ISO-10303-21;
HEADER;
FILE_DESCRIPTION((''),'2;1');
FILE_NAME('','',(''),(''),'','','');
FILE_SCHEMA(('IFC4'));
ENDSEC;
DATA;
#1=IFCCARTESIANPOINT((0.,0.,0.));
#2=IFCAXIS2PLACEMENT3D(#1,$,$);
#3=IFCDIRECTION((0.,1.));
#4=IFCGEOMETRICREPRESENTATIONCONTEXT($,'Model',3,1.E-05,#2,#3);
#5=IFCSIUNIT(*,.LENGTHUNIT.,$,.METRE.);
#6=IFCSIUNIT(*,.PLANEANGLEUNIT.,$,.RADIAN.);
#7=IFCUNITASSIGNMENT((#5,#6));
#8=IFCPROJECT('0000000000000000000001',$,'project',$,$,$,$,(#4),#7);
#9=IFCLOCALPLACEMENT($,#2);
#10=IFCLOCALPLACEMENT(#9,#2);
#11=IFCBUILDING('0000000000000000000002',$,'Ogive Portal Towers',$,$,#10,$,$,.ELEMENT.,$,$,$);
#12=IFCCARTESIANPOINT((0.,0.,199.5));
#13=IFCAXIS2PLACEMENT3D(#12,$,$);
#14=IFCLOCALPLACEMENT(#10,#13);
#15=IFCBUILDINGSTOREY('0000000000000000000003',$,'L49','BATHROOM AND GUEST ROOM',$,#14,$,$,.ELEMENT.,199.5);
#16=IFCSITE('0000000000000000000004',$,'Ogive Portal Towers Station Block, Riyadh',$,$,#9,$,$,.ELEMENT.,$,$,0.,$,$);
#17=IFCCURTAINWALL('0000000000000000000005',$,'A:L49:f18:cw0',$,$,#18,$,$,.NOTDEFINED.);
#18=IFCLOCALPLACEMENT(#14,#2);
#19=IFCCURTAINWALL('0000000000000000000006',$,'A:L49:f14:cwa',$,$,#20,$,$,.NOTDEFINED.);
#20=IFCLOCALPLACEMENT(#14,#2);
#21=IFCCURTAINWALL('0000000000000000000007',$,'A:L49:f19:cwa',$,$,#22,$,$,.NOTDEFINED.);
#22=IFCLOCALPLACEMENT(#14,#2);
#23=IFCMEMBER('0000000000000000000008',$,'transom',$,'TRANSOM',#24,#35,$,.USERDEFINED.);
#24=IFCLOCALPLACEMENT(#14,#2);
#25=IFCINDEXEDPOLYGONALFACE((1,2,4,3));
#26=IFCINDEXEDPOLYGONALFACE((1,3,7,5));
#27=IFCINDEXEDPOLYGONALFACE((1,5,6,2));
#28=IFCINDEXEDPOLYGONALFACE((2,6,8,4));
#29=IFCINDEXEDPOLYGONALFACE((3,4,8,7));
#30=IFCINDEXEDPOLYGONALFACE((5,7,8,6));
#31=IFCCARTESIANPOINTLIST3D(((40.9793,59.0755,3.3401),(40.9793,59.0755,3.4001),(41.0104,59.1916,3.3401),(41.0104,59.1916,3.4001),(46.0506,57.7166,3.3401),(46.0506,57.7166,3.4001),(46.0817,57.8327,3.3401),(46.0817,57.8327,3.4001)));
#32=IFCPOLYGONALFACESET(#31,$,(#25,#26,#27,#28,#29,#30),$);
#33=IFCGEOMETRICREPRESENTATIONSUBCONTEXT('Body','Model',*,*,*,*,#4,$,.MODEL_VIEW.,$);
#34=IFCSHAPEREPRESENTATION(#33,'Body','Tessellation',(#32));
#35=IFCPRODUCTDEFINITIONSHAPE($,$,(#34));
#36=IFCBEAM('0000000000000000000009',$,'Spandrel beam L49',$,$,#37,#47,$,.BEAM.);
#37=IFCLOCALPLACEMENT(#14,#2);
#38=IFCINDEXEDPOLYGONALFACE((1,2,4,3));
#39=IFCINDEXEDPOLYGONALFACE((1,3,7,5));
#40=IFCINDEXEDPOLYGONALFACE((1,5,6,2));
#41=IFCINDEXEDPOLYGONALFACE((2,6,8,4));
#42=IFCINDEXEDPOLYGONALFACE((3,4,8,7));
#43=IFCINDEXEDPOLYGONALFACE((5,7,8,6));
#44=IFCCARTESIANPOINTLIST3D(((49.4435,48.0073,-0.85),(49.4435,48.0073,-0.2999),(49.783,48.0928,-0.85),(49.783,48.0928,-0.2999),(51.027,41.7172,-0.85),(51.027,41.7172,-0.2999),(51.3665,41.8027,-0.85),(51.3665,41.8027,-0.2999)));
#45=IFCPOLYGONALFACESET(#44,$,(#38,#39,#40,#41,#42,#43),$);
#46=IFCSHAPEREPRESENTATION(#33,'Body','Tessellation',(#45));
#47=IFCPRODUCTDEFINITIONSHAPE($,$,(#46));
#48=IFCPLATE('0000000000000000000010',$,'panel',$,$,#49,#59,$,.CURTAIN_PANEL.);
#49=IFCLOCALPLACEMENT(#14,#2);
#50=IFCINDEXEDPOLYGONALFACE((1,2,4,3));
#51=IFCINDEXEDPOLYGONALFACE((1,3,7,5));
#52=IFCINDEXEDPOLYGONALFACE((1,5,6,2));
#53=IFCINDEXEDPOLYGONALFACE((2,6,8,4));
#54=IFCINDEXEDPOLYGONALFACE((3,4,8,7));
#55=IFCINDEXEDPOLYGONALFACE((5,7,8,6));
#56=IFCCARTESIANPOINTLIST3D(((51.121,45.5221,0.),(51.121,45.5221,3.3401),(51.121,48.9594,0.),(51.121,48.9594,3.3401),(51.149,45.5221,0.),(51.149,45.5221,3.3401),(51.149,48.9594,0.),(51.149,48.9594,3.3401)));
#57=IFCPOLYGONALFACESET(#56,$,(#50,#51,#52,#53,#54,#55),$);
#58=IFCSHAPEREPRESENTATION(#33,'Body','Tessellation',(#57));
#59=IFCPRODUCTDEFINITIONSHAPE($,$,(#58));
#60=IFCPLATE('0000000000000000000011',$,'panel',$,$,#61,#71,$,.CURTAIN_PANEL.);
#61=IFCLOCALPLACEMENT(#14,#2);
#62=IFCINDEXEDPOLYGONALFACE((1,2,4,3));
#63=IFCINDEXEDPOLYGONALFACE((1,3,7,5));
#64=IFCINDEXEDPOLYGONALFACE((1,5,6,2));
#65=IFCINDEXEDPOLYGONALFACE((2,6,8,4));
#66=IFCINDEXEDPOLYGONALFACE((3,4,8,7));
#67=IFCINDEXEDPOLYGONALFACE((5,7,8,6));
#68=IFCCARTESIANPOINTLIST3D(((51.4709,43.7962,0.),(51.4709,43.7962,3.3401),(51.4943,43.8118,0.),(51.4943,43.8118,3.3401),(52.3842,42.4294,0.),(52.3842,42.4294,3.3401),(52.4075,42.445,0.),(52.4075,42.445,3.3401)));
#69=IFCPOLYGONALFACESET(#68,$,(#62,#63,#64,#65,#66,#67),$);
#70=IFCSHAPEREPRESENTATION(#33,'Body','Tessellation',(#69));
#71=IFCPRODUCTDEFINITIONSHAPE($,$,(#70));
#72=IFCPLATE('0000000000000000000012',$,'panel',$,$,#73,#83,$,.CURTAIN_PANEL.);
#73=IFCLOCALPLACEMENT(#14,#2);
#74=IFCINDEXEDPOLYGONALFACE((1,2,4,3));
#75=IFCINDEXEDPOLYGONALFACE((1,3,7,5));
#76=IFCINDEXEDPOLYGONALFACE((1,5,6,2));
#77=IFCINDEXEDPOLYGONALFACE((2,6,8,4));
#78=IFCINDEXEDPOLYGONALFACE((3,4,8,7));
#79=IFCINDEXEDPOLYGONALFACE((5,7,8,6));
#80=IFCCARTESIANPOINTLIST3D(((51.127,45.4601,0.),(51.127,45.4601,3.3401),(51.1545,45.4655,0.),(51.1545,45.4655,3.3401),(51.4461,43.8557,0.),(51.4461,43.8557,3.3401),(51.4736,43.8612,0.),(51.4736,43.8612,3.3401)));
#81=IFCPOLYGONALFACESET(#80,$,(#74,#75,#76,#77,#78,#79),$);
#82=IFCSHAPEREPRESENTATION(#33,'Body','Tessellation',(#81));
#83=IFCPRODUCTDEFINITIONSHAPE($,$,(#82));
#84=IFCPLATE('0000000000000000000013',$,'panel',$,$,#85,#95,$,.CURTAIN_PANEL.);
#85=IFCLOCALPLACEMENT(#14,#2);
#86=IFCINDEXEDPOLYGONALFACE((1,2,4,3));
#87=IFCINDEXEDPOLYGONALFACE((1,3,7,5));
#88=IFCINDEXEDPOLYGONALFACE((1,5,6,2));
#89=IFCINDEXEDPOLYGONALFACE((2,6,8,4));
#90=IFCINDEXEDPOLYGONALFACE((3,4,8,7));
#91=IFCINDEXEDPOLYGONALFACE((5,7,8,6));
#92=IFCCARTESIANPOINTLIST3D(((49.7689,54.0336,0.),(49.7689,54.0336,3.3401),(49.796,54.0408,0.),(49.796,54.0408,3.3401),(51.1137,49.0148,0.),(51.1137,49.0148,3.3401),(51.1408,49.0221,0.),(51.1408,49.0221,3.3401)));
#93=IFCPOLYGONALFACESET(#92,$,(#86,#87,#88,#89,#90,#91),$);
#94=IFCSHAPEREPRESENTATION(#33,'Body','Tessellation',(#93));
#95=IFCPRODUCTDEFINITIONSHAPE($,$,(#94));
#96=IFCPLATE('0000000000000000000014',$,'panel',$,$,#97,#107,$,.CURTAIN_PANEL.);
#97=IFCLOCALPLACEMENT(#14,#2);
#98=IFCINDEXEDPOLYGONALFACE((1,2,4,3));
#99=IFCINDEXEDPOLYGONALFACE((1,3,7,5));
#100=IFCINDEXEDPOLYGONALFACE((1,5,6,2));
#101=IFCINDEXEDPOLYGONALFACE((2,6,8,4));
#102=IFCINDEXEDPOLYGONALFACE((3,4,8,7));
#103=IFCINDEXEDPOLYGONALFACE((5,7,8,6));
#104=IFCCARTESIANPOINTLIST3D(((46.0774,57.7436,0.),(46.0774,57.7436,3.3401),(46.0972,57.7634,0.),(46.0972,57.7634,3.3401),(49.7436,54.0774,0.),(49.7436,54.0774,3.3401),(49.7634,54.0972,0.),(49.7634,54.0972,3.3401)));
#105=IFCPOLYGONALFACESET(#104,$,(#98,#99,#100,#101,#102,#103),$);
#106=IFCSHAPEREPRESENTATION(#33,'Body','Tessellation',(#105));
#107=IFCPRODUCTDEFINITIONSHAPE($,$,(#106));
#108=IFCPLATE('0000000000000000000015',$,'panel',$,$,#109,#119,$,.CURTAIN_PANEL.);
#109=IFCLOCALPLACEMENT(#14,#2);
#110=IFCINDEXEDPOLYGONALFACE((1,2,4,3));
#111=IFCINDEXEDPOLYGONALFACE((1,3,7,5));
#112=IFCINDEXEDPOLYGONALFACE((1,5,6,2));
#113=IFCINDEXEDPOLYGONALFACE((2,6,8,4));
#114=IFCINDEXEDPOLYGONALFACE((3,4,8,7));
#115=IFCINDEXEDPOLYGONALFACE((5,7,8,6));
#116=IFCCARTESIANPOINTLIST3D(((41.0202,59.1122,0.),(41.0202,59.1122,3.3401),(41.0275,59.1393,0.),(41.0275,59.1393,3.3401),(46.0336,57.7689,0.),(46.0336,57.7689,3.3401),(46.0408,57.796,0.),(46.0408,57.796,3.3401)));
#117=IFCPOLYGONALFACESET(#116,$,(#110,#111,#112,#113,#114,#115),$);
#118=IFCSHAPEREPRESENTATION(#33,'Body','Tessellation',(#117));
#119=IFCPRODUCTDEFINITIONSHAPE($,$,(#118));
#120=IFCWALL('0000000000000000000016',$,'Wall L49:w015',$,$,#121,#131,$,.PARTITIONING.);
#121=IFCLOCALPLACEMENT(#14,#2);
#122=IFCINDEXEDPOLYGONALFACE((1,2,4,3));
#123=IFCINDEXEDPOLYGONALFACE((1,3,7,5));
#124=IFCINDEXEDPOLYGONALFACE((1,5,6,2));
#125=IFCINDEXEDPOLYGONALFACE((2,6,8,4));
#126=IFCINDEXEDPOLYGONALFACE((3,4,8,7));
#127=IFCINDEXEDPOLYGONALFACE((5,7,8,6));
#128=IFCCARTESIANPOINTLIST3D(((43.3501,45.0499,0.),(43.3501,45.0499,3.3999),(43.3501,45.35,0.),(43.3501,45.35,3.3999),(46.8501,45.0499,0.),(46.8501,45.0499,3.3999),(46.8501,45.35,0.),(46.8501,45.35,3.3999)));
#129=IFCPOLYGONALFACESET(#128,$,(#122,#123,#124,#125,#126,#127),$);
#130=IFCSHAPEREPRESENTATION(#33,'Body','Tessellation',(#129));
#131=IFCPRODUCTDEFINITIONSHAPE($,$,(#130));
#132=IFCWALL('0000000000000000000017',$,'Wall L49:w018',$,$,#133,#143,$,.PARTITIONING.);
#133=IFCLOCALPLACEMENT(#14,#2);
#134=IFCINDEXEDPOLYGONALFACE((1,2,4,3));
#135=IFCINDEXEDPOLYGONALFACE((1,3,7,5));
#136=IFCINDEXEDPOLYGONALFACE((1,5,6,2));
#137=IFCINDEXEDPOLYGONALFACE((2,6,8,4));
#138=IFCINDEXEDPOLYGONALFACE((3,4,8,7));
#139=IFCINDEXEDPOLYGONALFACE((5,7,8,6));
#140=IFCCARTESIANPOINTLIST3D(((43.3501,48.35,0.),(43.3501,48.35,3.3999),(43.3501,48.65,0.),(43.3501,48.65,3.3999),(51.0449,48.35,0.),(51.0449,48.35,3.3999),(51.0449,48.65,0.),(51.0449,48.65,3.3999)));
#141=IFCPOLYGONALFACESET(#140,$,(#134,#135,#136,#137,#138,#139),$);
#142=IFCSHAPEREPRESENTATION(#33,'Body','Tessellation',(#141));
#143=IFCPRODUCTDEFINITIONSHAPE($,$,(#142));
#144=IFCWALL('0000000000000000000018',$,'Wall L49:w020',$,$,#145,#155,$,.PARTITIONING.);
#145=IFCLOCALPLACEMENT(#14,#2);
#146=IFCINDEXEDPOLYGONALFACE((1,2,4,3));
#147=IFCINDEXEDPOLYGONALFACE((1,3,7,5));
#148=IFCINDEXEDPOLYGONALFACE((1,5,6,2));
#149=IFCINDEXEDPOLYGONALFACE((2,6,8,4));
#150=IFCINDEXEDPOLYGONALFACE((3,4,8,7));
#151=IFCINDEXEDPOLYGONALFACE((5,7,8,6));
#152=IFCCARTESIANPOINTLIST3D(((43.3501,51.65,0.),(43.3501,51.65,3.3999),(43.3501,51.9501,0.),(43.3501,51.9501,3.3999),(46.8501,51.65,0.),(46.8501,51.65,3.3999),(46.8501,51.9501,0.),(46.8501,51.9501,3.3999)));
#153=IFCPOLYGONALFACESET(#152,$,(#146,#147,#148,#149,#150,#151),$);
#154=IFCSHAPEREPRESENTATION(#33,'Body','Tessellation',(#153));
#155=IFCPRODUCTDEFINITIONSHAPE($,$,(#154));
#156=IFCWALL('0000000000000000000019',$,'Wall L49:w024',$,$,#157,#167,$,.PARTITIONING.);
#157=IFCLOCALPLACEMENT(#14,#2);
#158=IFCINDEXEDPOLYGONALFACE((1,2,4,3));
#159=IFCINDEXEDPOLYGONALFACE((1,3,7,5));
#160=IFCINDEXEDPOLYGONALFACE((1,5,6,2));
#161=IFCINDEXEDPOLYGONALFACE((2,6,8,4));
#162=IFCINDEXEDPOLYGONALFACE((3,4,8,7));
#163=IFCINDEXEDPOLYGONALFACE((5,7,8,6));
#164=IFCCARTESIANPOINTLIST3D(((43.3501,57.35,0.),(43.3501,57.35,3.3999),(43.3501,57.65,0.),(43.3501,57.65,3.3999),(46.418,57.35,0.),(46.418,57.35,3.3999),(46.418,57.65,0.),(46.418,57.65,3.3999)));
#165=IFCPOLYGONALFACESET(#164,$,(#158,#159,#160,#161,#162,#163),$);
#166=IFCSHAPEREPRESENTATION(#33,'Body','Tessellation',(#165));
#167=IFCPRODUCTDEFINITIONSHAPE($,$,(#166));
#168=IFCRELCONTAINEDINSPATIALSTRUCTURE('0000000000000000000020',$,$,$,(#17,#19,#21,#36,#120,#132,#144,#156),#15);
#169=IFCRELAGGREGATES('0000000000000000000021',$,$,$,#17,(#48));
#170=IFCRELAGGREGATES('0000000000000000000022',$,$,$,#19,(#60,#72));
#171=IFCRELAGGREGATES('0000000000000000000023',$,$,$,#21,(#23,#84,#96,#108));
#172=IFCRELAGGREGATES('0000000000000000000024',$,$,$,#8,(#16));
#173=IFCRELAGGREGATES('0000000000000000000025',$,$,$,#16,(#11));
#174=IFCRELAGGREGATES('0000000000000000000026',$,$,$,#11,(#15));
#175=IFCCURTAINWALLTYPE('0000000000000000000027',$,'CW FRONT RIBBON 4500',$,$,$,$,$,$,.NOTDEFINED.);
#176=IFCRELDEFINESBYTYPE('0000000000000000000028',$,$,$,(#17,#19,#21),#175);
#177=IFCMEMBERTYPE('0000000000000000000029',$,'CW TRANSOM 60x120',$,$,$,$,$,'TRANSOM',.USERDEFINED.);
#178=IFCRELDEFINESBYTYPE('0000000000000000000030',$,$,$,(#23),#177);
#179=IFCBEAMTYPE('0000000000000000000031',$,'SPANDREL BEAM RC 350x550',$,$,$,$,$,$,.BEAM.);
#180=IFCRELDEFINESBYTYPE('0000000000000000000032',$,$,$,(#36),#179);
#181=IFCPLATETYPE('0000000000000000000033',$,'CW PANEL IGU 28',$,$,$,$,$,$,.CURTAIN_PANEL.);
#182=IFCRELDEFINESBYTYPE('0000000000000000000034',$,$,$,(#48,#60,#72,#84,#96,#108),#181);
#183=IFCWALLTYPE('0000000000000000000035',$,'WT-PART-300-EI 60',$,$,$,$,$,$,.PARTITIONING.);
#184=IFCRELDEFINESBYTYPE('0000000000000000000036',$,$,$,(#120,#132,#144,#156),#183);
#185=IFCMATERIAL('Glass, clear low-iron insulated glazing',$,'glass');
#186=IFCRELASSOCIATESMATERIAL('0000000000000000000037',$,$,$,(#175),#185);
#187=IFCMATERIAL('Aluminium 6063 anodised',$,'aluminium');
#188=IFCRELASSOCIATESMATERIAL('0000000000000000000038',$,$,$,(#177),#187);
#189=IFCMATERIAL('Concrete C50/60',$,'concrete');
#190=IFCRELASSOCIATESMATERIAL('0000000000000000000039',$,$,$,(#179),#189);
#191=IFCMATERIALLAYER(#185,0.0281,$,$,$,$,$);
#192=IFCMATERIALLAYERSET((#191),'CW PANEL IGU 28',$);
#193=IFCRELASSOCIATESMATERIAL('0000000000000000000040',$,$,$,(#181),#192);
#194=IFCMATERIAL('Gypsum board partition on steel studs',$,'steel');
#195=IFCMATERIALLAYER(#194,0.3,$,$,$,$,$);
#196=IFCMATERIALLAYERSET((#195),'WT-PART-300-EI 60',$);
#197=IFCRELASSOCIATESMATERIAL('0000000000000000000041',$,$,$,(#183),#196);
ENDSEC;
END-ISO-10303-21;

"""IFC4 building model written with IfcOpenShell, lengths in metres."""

from ifc_helpers import new_model, si_unit, direction, frame, frame_2d, origin, origin_2d, place, context, subcontext, project, spatial, rectangle, extrude, material, layer, layer_set, material_profile, profile_set, type_object, element, aggregate, save


model = new_model("IFC4")

# Units and contexts
model_context = context("Model", 3, precision=1e-05, world=origin(), true_north=direction((0.0, 1.0)))
body_context = subcontext(model_context, "Body", "Model", "MODEL_VIEW")
ifc_project = project(units=[si_unit("LENGTHUNIT", "METRE"), si_unit("PLANEANGLEUNIT", "RADIAN")], contexts=[model_context])

# Site, building, storey
site_placement = place(None, origin())
site = spatial("IfcSite", under=ifc_project, at=site_placement, Name="Ogive Portal Towers Station Block, Riyadh", CompositionType="ELEMENT", RefElevation=0.0)
building_placement = place(site_placement, origin())
building = spatial("IfcBuilding", under=site, at=building_placement, Name="Ogive Portal Towers", CompositionType="ELEMENT")
storey_placement = place(building_placement, frame((0.0, 0.0, 199.5)))
storey = spatial("IfcBuildingStorey", under=building, at=storey_placement, Name="L49", Description="BATHROOM AND GUEST ROOM", CompositionType="ELEMENT", Elevation=199.5)

# Curtain walls
ifc_material_1 = material(Name="Glass, clear low-iron insulated glazing", Category="glass")
curtain_wall_type = type_object("IfcCurtainWallType", Name="CW FRONT RIBBON 4500", PredefinedType="NOTDEFINED", material=ifc_material_1)
curtain_wall_1_placement = place(storey_placement, origin())
curtain_wall_1 = element("IfcCurtainWall", 1, at=curtain_wall_1_placement, inside=storey, type_object=curtain_wall_type, Name="A:L49:f18:cw0", PredefinedType="NOTDEFINED")
ifc_material_2 = material(Name="Aluminium 6063 anodised", Category="aluminium")
curtain_wall_2_placement = place(storey_placement, origin())
curtain_wall_2 = element("IfcCurtainWall", 2, at=curtain_wall_2_placement, inside=storey, type_object=curtain_wall_type, Name="A:L49:f14:cwa", PredefinedType="NOTDEFINED")
curtain_wall_3_placement = place(storey_placement, origin())
curtain_wall_3 = element("IfcCurtainWall", 3, at=curtain_wall_3_placement, inside=storey, type_object=curtain_wall_type, Name="A:L49:f19:cwa", PredefinedType="NOTDEFINED")

# Member
ifc_material_profile_1 = material_profile(ifc_material_2, rectangle(XDim=0.1201, YDim=0.0601, at=origin_2d()), Name="AL 120x60")
ifc_profile_set_1 = profile_set([ifc_material_profile_1], Name="Aluminium 6063 anodised")
member_type_1 = type_object("IfcMemberType", Name="CW TRANSOM 60x120", ElementType="TRANSOM", PredefinedType="USERDEFINED", material=ifc_profile_set_1)
member_1_placement = place(storey_placement, frame((46.0662, 57.7747, 3.3701), z_axis=(-0.965924, 0.258826, 0.0), x_axis=(-0.258826, -0.965924, 0.0)))
member_1 = element("IfcMember", 4, at=member_1_placement, type_object=member_type_1, Name="transom", ObjectType="TRANSOM", PredefinedType="USERDEFINED", context=body_context, shape_type="SweptSolid", body=[
    extrude(rectangle(XDim=0.1201, YDim=0.0601, at=origin_2d()), origin(), (0.0, 0.0, 1.0), 5.2502),
])

# Beam
ifc_material_3 = material(Name="Concrete C50/60", Category="concrete")
ifc_material_profile_2 = material_profile(ifc_material_3, rectangle(XDim=0.3501, YDim=0.55, at=origin_2d()), Name="RC 350x550")
ifc_profile_set_2 = profile_set([ifc_material_profile_2], Name="Concrete C50/60")
beam_type = type_object("IfcBeamType", Name="SPANDREL BEAM RC 350x550", PredefinedType="BEAM", material=ifc_profile_set_2)
beam_placement = place(storey_placement, frame((49.6133, 48.05, -0.575), z_axis=(0.244129, -0.969743, 0.0), x_axis=(0.969743, 0.244129, 0.0)))
element("IfcBeam", 5, at=beam_placement, inside=storey, type_object=beam_type, Name="Spandrel beam L49", PredefinedType="BEAM", context=body_context, shape_type="SweptSolid", body=[
    extrude(rectangle(XDim=0.3501, YDim=0.55, at=origin_2d()), origin(), (0.0, 0.0, 1.0), 6.4863),
])

# Plates
ifc_layer_1 = layer(ifc_material_1, 0.0281)
ifc_layer_set_1 = layer_set([ifc_layer_1], Name="CW PANEL IGU 28")
plate_type = type_object("IfcPlateType", Name="CW PANEL IGU 28", PredefinedType="CURTAIN_PANEL", material=ifc_layer_set_1)
plate_1_placement = place(storey_placement, frame((51.135, 47.2407, 0.0), z_axis=(0.0, 0.0, 1.0), x_axis=(0.0, 1.0, 0.0)))
plate_1 = element("IfcPlate", 6, at=plate_1_placement, type_object=plate_type, Name="panel", PredefinedType="CURTAIN_PANEL", context=body_context, shape_type="SweptSolid", body=[
    extrude(rectangle(XDim=3.4373, YDim=0.0281, at=origin_2d()), origin(), (0.0, 0.0, 1.0), 3.3401),
])
aggregate(curtain_wall_1, [plate_1])
plate_2_placement = place(storey_placement, frame((51.9392, 43.1206, 0.0), z_axis=(0.0, 0.0, 1.0), x_axis=(-0.55557, 0.83147, 0.0)))
plate_2 = element("IfcPlate", 7, at=plate_2_placement, type_object=plate_type, Name="panel", PredefinedType="CURTAIN_PANEL", context=body_context, shape_type="SweptSolid", body=[
    extrude(rectangle(XDim=1.6438, YDim=0.0281, at=origin_2d()), origin(), (0.0, 0.0, 1.0), 3.3401),
])
plate_3_placement = place(storey_placement, frame((51.3003, 44.6606, 0.0), z_axis=(0.0, 0.0, 1.0), x_axis=(-0.19509, 0.980785, 0.0)))
plate_3 = element("IfcPlate", 8, at=plate_3_placement, type_object=plate_type, Name="panel", PredefinedType="CURTAIN_PANEL", context=body_context, shape_type="SweptSolid", body=[
    extrude(rectangle(XDim=1.6357, YDim=0.0281, at=origin_2d()), origin(), (0.0, 0.0, 1.0), 3.3401),
])
aggregate(curtain_wall_2, [plate_2, plate_3])
plate_4_placement = place(storey_placement, frame((50.4548, 51.5278, 0.0), z_axis=(0.0, 0.0, 1.0), x_axis=(-0.258819, 0.965926, 0.0)))
plate_4 = element("IfcPlate", 9, at=plate_4_placement, type_object=plate_type, Name="panel", PredefinedType="CURTAIN_PANEL", context=body_context, shape_type="SweptSolid", body=[
    extrude(rectangle(XDim=5.1958, YDim=0.0281, at=origin_2d()), origin(), (0.0, 0.0, 1.0), 3.3401),
])
plate_5_placement = place(storey_placement, frame((47.9204, 55.9204, 0.0), z_axis=(0.0, 0.0, 1.0), x_axis=(-0.707107, 0.707107, 0.0)))
plate_5 = element("IfcPlate", 10, at=plate_5_placement, type_object=plate_type, Name="panel", PredefinedType="CURTAIN_PANEL", context=body_context, shape_type="SweptSolid", body=[
    extrude(rectangle(XDim=5.1848, YDim=0.0281, at=origin_2d()), origin(), (0.0, 0.0, 1.0), 3.3401),
])
plate_6_placement = place(storey_placement, frame((43.5305, 58.4541, 0.0), z_axis=(0.0, 0.0, 1.0), x_axis=(-0.965926, 0.258819, 0.0)))
plate_6 = element("IfcPlate", 11, at=plate_6_placement, type_object=plate_type, Name="panel", PredefinedType="CURTAIN_PANEL", context=body_context, shape_type="SweptSolid", body=[
    extrude(rectangle(XDim=5.1902, YDim=0.0281, at=origin_2d()), origin(), (0.0, 0.0, 1.0), 3.3401),
])
aggregate(curtain_wall_3, [member_1, plate_4, plate_5, plate_6])

# Walls
ifc_material_4 = material(Name="Gypsum board partition on steel studs", Category="steel")
ifc_layer_2 = layer(ifc_material_4, 0.3)
ifc_layer_set_2 = layer_set([ifc_layer_2], Name="WT-PART-300-EI 60")
wall_type = type_object("IfcWallType", Name="WT-PART-300-EI 60", PredefinedType="PARTITIONING", material=ifc_layer_set_2)
wall_1_placement = place(storey_placement, frame((43.3501, 45.2, 0.0), z_axis=(0.0, 0.0, 1.0), x_axis=(1.0, 0.0, 0.0)))
element("IfcWall", 12, at=wall_1_placement, inside=storey, type_object=wall_type, Name="Wall L49:w015", PredefinedType="PARTITIONING", context=body_context, shape_type="SweptSolid", body=[
    extrude(rectangle(XDim=3.5, YDim=0.3, at=frame_2d((1.75, 0.0))), origin(), (0.0, 0.0, 1.0), 3.3999),
])
wall_2_placement = place(storey_placement, frame((43.3501, 48.5, 0.0), z_axis=(0.0, 0.0, 1.0), x_axis=(1.0, 0.0, 0.0)))
element("IfcWall", 13, at=wall_2_placement, inside=storey, type_object=wall_type, Name="Wall L49:w018", PredefinedType="PARTITIONING", context=body_context, shape_type="SweptSolid", body=[
    extrude(rectangle(XDim=7.6948, YDim=0.3, at=frame_2d((3.8474, 0.0))), origin(), (0.0, 0.0, 1.0), 3.3999),
])
wall_3_placement = place(storey_placement, frame((43.3501, 51.8, 0.0), z_axis=(0.0, 0.0, 1.0), x_axis=(1.0, 0.0, 0.0)))
element("IfcWall", 14, at=wall_3_placement, inside=storey, type_object=wall_type, Name="Wall L49:w020", PredefinedType="PARTITIONING", context=body_context, shape_type="SweptSolid", body=[
    extrude(rectangle(XDim=3.5, YDim=0.3, at=frame_2d((1.75, 0.0))), origin(), (0.0, 0.0, 1.0), 3.3999),
])
wall_4_placement = place(storey_placement, frame((43.3501, 57.5, 0.0), z_axis=(0.0, 0.0, 1.0), x_axis=(1.0, 0.0, 0.0)))
element("IfcWall", 15, at=wall_4_placement, inside=storey, type_object=wall_type, Name="Wall L49:w024", PredefinedType="PARTITIONING", context=body_context, shape_type="SweptSolid", body=[
    extrude(rectangle(XDim=3.0679, YDim=0.3, at=frame_2d((1.5339, 0.0))), origin(), (0.0, 0.0, 1.0), 3.3999),
])

save(model, "model.ifc")
